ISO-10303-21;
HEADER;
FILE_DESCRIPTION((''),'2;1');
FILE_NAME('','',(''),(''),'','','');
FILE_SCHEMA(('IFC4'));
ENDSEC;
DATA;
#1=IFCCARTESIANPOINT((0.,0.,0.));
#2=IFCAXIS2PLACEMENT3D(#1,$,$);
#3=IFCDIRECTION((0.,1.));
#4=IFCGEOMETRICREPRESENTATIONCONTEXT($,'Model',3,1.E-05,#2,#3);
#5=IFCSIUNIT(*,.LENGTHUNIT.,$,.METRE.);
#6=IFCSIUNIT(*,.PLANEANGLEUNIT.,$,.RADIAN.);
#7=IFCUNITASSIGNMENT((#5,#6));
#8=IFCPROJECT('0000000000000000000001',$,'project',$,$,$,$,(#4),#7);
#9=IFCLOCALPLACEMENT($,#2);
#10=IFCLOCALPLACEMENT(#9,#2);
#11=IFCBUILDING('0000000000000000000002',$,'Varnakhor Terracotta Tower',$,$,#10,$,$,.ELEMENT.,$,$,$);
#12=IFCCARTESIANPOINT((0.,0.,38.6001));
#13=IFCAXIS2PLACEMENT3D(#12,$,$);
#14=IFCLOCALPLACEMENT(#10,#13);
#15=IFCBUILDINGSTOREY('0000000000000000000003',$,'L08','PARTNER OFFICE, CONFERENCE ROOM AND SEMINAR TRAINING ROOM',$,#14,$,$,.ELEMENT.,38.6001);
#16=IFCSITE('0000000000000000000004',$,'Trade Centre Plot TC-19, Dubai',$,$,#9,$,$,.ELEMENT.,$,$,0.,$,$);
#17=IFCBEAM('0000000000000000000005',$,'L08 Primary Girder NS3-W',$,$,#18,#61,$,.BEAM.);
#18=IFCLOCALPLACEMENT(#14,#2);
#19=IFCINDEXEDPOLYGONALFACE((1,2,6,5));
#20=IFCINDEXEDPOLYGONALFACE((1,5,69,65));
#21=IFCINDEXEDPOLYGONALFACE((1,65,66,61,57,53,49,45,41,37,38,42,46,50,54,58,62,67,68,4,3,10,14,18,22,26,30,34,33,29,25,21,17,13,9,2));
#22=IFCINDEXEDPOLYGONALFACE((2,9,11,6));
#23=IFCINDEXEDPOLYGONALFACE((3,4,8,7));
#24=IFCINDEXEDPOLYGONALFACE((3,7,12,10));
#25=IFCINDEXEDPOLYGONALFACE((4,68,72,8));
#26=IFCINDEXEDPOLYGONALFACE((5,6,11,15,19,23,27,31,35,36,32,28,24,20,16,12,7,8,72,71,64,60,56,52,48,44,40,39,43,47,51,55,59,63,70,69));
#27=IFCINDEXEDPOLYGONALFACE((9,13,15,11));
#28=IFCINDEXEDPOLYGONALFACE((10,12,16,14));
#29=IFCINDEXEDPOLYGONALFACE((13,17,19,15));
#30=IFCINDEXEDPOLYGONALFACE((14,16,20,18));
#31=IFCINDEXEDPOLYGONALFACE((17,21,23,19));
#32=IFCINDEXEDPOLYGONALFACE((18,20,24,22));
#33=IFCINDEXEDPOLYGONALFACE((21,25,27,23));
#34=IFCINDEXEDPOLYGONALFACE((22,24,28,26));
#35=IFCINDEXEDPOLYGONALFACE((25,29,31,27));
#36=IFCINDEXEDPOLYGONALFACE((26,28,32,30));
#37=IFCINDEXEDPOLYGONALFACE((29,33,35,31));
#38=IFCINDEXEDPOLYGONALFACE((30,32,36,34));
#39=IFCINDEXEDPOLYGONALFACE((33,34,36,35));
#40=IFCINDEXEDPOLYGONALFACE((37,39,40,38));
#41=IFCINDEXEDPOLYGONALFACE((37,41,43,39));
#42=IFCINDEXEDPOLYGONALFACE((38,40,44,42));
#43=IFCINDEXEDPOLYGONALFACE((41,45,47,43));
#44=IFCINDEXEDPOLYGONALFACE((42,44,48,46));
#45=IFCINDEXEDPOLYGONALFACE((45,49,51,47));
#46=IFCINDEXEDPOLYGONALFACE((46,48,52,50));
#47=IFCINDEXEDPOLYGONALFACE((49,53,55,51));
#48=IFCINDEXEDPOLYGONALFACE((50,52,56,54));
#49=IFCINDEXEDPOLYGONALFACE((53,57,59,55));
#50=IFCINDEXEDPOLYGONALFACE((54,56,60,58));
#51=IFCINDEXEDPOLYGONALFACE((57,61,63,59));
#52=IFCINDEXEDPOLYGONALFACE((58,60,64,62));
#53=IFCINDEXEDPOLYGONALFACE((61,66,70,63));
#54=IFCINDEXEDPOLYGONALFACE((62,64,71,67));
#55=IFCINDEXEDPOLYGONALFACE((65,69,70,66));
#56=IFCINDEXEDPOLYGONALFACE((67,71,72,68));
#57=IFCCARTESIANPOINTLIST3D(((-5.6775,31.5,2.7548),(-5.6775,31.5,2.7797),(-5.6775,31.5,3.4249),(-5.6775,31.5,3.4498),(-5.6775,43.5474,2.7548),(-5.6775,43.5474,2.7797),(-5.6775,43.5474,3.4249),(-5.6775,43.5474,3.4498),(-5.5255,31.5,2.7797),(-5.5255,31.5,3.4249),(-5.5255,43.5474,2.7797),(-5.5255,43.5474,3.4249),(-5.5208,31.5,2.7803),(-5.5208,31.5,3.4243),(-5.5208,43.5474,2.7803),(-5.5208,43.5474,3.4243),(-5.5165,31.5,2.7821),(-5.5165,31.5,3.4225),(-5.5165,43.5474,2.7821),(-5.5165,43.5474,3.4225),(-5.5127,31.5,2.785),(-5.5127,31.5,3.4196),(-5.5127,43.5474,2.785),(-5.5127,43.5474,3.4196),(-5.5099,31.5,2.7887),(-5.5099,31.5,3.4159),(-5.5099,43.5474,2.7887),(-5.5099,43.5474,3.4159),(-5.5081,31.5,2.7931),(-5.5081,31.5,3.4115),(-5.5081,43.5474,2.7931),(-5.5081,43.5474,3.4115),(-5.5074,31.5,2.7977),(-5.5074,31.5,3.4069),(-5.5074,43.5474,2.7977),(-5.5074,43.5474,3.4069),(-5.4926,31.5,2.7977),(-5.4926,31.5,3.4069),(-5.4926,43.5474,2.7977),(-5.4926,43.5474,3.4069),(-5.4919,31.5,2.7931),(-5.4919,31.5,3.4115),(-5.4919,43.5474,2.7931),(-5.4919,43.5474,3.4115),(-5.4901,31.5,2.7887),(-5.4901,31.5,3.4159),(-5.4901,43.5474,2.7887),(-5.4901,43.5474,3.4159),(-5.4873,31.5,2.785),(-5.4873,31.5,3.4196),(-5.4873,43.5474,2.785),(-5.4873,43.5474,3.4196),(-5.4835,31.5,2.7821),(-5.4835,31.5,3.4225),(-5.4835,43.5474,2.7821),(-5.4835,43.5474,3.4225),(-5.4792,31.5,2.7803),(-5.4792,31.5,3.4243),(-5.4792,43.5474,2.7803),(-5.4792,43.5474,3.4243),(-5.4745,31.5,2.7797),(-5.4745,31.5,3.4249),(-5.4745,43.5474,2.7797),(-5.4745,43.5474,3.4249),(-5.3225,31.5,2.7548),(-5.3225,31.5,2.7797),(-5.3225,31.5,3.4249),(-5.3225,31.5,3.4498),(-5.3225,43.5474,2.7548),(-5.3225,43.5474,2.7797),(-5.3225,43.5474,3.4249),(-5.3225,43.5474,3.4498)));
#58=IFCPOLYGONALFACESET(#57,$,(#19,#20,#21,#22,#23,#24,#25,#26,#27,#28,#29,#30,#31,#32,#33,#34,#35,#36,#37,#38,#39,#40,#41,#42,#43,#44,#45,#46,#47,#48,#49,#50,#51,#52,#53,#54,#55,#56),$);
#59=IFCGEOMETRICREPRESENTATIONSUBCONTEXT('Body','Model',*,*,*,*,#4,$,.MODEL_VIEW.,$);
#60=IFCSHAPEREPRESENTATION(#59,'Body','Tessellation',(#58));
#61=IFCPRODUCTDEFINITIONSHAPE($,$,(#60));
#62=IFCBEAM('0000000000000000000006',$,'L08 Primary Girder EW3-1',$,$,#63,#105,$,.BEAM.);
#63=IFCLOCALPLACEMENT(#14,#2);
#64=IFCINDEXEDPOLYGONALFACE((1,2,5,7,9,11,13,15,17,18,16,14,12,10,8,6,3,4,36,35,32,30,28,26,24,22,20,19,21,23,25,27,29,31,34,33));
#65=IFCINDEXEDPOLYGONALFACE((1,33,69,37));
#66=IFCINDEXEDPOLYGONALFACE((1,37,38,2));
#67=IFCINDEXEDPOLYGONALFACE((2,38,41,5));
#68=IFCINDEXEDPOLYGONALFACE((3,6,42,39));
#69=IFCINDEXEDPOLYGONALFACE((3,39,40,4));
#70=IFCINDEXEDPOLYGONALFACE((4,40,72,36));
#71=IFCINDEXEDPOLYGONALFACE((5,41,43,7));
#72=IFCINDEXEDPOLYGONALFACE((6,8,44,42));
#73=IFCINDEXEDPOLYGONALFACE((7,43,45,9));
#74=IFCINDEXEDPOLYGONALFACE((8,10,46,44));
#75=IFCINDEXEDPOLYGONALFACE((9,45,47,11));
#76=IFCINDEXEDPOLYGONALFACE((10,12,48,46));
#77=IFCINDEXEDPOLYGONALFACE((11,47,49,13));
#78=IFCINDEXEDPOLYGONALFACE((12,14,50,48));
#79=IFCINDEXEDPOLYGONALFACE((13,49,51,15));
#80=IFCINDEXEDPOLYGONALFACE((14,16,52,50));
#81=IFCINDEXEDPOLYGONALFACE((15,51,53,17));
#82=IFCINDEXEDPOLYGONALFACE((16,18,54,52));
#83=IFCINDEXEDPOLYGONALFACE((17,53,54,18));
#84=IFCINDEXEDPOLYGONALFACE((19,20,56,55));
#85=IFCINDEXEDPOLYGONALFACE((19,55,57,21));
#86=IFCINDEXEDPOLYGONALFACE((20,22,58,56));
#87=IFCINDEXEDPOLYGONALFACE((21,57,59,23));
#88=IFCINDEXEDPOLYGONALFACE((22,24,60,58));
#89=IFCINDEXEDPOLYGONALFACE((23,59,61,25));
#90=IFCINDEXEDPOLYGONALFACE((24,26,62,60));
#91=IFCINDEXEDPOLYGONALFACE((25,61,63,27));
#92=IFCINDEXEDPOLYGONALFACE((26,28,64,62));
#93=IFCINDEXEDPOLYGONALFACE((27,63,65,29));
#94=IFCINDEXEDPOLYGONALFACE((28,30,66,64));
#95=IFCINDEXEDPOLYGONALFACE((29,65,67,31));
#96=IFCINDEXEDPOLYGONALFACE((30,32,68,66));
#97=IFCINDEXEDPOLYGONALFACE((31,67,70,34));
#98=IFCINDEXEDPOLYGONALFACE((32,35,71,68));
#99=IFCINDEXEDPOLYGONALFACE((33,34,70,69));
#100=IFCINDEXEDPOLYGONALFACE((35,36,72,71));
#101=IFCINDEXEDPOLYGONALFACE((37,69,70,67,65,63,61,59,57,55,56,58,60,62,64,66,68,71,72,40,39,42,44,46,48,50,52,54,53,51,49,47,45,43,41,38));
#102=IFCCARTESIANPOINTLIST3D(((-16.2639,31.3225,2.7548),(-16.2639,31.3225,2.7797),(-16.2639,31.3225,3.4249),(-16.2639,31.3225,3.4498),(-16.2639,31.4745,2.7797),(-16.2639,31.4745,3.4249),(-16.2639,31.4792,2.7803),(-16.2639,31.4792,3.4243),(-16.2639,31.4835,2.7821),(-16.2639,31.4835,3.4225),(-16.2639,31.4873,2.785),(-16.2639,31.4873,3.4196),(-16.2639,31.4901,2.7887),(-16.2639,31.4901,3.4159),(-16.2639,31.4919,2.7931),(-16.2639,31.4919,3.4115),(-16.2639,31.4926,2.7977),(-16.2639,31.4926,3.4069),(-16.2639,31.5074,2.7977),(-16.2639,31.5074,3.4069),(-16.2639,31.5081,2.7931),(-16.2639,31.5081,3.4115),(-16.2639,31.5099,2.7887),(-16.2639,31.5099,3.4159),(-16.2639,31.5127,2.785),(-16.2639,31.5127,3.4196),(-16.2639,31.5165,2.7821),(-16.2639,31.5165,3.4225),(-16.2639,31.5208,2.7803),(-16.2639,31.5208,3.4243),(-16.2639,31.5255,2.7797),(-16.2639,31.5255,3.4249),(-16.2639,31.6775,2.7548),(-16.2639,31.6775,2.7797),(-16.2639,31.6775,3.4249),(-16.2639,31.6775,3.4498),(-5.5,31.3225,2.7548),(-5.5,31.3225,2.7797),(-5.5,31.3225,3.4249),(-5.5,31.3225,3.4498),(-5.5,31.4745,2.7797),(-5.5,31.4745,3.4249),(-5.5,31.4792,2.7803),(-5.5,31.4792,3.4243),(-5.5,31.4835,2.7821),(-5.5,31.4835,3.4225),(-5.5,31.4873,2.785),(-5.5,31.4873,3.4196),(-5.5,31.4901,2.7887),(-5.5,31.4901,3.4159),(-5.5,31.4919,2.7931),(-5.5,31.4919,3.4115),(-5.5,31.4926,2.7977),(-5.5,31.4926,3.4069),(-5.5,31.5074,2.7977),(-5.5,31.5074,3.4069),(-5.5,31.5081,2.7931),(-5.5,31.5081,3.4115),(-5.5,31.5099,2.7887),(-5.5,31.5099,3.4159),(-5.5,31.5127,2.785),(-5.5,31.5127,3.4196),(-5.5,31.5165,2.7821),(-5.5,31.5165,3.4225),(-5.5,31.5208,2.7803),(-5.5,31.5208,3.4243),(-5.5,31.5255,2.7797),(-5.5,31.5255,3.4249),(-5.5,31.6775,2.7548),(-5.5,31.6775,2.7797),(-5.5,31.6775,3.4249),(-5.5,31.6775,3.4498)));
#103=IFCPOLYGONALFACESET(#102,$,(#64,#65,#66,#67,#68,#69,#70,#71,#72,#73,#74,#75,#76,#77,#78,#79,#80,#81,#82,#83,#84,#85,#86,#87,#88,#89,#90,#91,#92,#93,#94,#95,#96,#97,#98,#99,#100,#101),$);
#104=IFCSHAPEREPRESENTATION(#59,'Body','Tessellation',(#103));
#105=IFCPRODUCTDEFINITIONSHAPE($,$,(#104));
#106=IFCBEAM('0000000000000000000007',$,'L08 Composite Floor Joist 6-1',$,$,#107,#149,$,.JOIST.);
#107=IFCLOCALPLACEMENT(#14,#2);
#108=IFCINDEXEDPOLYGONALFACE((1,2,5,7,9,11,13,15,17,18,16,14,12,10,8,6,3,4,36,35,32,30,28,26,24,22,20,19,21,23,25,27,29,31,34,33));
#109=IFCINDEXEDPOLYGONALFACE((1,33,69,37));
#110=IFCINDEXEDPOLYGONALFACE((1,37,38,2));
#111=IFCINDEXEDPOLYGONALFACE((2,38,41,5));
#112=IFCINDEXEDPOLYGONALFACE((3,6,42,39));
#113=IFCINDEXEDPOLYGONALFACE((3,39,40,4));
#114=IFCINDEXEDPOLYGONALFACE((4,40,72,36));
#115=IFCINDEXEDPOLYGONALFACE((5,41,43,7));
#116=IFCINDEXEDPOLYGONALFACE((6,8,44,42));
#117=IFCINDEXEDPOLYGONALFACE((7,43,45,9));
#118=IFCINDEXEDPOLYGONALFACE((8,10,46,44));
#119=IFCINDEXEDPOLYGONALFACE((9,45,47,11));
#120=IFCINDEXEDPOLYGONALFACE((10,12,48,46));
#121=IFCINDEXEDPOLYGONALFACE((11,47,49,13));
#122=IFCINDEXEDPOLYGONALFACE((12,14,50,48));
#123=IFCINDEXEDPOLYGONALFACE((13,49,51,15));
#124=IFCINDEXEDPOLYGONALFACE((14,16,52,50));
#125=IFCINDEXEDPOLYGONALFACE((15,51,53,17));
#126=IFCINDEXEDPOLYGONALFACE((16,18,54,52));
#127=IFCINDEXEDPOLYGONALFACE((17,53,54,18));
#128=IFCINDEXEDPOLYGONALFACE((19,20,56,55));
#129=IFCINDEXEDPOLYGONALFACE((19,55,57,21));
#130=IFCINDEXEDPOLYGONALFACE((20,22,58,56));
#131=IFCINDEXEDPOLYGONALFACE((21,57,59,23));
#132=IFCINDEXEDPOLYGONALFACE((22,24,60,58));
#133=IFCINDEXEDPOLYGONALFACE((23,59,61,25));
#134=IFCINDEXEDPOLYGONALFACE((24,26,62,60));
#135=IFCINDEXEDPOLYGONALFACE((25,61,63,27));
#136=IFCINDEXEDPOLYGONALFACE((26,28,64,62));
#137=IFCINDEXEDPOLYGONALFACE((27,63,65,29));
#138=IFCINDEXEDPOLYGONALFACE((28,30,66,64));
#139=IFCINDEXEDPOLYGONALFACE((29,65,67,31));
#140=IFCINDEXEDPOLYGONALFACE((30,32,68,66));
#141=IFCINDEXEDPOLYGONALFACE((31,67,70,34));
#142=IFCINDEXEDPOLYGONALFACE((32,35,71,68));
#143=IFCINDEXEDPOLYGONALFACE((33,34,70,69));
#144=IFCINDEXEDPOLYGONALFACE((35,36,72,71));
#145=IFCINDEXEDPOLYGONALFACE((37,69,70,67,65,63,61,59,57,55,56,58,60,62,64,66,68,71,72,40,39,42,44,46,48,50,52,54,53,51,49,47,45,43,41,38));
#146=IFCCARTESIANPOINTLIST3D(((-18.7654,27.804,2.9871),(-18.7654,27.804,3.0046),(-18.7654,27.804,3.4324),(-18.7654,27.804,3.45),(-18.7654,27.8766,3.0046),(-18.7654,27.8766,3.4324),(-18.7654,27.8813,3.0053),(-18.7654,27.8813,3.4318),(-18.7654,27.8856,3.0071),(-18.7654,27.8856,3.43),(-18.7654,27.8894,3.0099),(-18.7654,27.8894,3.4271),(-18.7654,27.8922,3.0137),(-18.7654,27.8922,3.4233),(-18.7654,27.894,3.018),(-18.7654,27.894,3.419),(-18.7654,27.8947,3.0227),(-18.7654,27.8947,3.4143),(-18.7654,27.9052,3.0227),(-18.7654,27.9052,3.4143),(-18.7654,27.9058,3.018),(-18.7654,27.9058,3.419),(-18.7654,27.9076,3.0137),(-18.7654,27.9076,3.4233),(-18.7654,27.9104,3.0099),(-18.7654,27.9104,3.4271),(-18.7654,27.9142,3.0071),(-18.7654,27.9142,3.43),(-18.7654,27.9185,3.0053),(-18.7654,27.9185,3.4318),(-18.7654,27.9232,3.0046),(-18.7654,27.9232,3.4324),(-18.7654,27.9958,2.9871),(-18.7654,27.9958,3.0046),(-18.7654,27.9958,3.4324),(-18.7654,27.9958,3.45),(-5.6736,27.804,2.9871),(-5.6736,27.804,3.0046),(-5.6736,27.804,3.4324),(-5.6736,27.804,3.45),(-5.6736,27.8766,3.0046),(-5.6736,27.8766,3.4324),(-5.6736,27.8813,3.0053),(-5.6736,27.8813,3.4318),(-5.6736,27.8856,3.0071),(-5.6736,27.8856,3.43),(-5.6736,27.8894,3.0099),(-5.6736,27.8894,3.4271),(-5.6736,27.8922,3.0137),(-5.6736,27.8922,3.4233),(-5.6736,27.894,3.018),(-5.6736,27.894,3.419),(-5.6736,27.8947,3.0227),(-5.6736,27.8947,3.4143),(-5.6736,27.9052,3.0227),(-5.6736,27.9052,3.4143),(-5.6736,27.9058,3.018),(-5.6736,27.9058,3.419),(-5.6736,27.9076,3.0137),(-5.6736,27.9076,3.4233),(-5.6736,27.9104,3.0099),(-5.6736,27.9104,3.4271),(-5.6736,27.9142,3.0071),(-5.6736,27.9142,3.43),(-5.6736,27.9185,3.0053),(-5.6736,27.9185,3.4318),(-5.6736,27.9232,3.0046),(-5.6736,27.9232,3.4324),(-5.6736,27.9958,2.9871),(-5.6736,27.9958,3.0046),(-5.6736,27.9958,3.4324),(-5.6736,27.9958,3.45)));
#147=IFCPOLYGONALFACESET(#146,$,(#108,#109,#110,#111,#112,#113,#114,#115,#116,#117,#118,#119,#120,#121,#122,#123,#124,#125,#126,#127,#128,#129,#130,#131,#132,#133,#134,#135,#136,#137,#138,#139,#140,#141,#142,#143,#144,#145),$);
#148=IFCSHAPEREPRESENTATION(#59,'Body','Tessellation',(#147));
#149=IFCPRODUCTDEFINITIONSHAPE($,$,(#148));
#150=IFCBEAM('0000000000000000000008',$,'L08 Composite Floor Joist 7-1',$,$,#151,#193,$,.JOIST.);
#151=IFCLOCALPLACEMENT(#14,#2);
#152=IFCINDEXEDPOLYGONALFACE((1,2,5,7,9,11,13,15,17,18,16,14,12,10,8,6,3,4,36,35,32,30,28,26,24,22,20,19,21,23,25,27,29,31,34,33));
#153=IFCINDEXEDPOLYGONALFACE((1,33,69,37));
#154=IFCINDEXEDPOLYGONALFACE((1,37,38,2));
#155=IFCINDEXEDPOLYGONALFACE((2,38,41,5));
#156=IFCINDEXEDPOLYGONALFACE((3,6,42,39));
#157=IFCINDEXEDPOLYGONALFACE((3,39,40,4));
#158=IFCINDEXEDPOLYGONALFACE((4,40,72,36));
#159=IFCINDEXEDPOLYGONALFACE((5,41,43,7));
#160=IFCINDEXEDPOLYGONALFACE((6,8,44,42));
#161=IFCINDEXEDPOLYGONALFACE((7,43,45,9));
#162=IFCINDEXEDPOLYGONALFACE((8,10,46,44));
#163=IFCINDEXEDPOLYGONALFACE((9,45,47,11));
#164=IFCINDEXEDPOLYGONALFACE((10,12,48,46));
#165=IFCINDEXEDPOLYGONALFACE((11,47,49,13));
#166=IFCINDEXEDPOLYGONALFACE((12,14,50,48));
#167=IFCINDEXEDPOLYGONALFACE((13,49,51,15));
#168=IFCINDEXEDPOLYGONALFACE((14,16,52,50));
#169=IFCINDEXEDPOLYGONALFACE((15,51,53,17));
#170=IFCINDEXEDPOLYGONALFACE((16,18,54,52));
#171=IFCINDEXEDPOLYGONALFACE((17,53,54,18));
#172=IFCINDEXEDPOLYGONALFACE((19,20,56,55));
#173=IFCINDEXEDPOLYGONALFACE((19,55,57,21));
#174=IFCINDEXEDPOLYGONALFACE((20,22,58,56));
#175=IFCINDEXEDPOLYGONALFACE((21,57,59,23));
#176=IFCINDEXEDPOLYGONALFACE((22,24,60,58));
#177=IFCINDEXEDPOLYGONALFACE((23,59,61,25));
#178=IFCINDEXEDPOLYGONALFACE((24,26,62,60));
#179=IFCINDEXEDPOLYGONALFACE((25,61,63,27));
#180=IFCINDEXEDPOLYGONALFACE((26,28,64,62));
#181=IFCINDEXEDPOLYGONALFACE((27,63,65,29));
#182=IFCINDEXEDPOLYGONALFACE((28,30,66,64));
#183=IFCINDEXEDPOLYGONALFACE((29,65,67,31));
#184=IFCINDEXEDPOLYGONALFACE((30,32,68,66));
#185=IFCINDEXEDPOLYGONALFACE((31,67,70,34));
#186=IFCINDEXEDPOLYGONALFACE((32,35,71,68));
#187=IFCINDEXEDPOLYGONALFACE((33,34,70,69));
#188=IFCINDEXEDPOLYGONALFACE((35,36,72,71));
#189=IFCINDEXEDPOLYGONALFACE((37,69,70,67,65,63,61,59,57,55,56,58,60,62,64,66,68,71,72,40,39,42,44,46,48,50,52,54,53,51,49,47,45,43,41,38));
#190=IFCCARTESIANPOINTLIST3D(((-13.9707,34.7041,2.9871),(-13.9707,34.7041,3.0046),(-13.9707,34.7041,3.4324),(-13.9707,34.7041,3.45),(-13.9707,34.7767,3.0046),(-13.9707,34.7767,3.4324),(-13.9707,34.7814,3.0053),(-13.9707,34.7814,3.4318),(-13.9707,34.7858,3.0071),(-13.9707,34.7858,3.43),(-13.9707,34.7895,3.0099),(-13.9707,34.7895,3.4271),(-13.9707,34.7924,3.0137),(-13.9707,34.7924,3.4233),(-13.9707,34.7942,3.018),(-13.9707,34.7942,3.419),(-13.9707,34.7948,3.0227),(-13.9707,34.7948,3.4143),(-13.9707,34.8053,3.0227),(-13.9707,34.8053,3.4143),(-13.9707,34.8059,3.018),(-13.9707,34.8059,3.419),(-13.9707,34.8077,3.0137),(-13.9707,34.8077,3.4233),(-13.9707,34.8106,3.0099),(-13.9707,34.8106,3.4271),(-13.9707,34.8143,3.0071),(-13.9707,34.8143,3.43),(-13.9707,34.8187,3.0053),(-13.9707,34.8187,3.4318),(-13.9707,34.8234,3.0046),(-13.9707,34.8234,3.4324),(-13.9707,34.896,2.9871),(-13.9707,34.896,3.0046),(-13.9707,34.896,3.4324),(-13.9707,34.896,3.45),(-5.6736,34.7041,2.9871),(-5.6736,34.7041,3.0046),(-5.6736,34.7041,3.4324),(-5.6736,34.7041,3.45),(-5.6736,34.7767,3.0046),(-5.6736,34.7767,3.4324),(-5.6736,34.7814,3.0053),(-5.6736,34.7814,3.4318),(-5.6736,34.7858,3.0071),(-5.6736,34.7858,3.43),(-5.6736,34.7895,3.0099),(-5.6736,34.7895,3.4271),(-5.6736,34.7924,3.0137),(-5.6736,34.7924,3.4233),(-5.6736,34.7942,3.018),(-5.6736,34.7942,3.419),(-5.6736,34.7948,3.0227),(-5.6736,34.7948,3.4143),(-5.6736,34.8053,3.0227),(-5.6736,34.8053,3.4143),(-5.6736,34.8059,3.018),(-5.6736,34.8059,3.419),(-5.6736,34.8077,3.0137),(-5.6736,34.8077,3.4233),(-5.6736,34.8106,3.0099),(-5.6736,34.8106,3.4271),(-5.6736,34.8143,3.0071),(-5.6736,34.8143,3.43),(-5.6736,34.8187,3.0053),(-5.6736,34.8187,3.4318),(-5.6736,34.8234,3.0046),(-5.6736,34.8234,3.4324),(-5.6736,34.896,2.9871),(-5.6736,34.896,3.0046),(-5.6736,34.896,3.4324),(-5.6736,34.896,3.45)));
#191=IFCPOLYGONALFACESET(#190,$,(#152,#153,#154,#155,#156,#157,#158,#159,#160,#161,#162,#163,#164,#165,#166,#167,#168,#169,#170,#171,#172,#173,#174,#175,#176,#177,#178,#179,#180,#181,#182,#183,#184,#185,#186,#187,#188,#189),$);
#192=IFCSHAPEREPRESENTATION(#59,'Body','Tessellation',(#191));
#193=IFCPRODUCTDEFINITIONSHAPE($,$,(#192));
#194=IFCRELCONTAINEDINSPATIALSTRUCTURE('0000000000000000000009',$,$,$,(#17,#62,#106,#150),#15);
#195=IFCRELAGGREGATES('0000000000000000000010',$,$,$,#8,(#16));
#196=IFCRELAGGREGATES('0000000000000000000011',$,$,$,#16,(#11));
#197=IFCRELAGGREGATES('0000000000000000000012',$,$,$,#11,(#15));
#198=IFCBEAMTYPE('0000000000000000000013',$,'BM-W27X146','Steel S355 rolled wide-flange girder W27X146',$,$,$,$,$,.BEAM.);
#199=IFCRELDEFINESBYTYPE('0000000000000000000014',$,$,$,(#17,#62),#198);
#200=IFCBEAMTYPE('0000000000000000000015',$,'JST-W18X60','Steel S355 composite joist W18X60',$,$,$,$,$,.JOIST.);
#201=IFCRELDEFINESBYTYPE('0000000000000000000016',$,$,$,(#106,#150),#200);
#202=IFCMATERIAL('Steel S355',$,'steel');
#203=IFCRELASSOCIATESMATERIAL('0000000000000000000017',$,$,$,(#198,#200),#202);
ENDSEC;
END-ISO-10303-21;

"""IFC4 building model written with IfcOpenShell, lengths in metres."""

from ifc_helpers import new_model, si_unit, direction, frame, origin, origin_2d, place, context, subcontext, project, spatial, i_section, extrude, source, transform, mapped, material, material_profile, profile_set, type_object, element, save


model = new_model("IFC4")

# Units and contexts
model_context = context("Model", 3, precision=1e-05, world=origin(), true_north=direction((0.0, 1.0)))
body_context = subcontext(model_context, "Body", "Model", "MODEL_VIEW")
ifc_project = project(units=[si_unit("LENGTHUNIT", "METRE"), si_unit("PLANEANGLEUNIT", "RADIAN")], contexts=[model_context])

# Site, building, storey
site_placement = place(None, origin())
site = spatial("IfcSite", under=ifc_project, at=site_placement, Name="Trade Centre Plot TC-19, Dubai", CompositionType="ELEMENT", RefElevation=0.0)
building_placement = place(site_placement, origin())
building = spatial("IfcBuilding", under=site, at=building_placement, Name="Varnakhor Terracotta Tower", CompositionType="ELEMENT")
storey_placement = place(building_placement, frame((0.0, 0.0, 38.6001)))
storey = spatial("IfcBuildingStorey", under=building, at=storey_placement, Name="L08", Description="PARTNER OFFICE, CONFERENCE ROOM AND SEMINAR TRAINING ROOM", CompositionType="ELEMENT", Elevation=38.6001)

# Beams
ifc_material_1 = material(Name="Steel S355", Category="steel")
ifc_material_profile_1 = material_profile(ifc_material_1, i_section(OverallWidth=0.355, OverallDepth=0.6951, WebThickness=0.0149, FlangeThickness=0.0249, FilletRadius=0.0181, at=origin_2d()), Name="W27X146")
ifc_profile_set_1 = profile_set([ifc_material_profile_1], Name="Steel S355")
beam_type_1 = type_object("IfcBeamType", Name="BM-W27X146", Description="Steel S355 rolled wide-flange girder W27X146", PredefinedType="BEAM", material=ifc_profile_set_1)
ifc_material_profile_2 = material_profile(ifc_material_1, i_section(OverallWidth=0.1919, OverallDepth=0.4629, WebThickness=0.0105, FlangeThickness=0.0176, FilletRadius=0.0181, at=origin_2d()), Name="W18X60")
ifc_profile_set_2 = profile_set([ifc_material_profile_2], Name="Steel S355")
beam_type_2 = type_object("IfcBeamType", Name="JST-W18X60", Description="Steel S355 composite joist W18X60", PredefinedType="JOIST", material=ifc_profile_set_2)
shared_shape_1 = source(origin(), body_context, "Body", "SweptSolid", [
    extrude(i_section(OverallWidth=0.355, OverallDepth=0.6951, WebThickness=0.0149, FlangeThickness=0.0249, FilletRadius=0.0181, at=origin_2d()), origin(), (0.0, 0.0, 1.0), 12.0474),
])
beam_1_placement = place(storey_placement, frame((-5.5, 31.5, 3.1023), z_axis=(0.0, 1.0, 0.0), x_axis=(-1.0, 0.0, 0.0)))
element("IfcBeam", 1, at=beam_1_placement, inside=storey, type_object=beam_type_1, Name="L08 Primary Girder NS3-W", PredefinedType="BEAM", context=body_context, shape_type="MappedRepresentation", body=[
    mapped(shared_shape_1, transform((0.0, 0.0, 0.0), scale=1.0)),
])
shared_shape_2 = source(origin(), body_context, "Body", "SweptSolid", [
    extrude(i_section(OverallWidth=0.355, OverallDepth=0.6951, WebThickness=0.0149, FlangeThickness=0.0249, FilletRadius=0.0181, at=origin_2d()), origin(), (0.0, 0.0, 1.0), 10.7639),
])
beam_2_placement = place(storey_placement, frame((-16.2639, 31.5, 3.1023), z_axis=(1.0, 0.0, 0.0), x_axis=(0.0, 1.0, 0.0)))
element("IfcBeam", 2, at=beam_2_placement, inside=storey, type_object=beam_type_1, Name="L08 Primary Girder EW3-1", PredefinedType="BEAM", context=body_context, shape_type="MappedRepresentation", body=[
    mapped(shared_shape_2, transform((0.0, 0.0, 0.0), scale=1.0)),
])
shared_shape_3 = source(origin(), body_context, "Body", "SweptSolid", [
    extrude(i_section(OverallWidth=0.1919, OverallDepth=0.4629, WebThickness=0.0105, FlangeThickness=0.0176, FilletRadius=0.0181, at=origin_2d()), origin(), (0.0, 0.0, 1.0), 13.0918),
])
beam_3_placement = place(storey_placement, frame((-18.7654, 27.8999, 3.2185), z_axis=(1.0, 0.0, 0.0), x_axis=(0.0, 1.0, 0.0)))
element("IfcBeam", 3, at=beam_3_placement, inside=storey, type_object=beam_type_2, Name="L08 Composite Floor Joist 6-1", PredefinedType="JOIST", context=body_context, shape_type="MappedRepresentation", body=[
    mapped(shared_shape_3, transform((0.0, 0.0, 0.0), scale=1.0)),
])
shared_shape_4 = source(origin(), body_context, "Body", "SweptSolid", [
    extrude(i_section(OverallWidth=0.1919, OverallDepth=0.4629, WebThickness=0.0105, FlangeThickness=0.0176, FilletRadius=0.0181, at=origin_2d()), origin(), (0.0, 0.0, 1.0), 8.2971),
])
beam_4_placement = place(storey_placement, frame((-13.9707, 34.8, 3.2185), z_axis=(1.0, 0.0, 0.0), x_axis=(0.0, 1.0, 0.0)))
element("IfcBeam", 4, at=beam_4_placement, inside=storey, type_object=beam_type_2, Name="L08 Composite Floor Joist 7-1", PredefinedType="JOIST", context=body_context, shape_type="MappedRepresentation", body=[
    mapped(shared_shape_4, transform((0.0, 0.0, 0.0), scale=1.0)),
])

save(model, "model.ifc")
